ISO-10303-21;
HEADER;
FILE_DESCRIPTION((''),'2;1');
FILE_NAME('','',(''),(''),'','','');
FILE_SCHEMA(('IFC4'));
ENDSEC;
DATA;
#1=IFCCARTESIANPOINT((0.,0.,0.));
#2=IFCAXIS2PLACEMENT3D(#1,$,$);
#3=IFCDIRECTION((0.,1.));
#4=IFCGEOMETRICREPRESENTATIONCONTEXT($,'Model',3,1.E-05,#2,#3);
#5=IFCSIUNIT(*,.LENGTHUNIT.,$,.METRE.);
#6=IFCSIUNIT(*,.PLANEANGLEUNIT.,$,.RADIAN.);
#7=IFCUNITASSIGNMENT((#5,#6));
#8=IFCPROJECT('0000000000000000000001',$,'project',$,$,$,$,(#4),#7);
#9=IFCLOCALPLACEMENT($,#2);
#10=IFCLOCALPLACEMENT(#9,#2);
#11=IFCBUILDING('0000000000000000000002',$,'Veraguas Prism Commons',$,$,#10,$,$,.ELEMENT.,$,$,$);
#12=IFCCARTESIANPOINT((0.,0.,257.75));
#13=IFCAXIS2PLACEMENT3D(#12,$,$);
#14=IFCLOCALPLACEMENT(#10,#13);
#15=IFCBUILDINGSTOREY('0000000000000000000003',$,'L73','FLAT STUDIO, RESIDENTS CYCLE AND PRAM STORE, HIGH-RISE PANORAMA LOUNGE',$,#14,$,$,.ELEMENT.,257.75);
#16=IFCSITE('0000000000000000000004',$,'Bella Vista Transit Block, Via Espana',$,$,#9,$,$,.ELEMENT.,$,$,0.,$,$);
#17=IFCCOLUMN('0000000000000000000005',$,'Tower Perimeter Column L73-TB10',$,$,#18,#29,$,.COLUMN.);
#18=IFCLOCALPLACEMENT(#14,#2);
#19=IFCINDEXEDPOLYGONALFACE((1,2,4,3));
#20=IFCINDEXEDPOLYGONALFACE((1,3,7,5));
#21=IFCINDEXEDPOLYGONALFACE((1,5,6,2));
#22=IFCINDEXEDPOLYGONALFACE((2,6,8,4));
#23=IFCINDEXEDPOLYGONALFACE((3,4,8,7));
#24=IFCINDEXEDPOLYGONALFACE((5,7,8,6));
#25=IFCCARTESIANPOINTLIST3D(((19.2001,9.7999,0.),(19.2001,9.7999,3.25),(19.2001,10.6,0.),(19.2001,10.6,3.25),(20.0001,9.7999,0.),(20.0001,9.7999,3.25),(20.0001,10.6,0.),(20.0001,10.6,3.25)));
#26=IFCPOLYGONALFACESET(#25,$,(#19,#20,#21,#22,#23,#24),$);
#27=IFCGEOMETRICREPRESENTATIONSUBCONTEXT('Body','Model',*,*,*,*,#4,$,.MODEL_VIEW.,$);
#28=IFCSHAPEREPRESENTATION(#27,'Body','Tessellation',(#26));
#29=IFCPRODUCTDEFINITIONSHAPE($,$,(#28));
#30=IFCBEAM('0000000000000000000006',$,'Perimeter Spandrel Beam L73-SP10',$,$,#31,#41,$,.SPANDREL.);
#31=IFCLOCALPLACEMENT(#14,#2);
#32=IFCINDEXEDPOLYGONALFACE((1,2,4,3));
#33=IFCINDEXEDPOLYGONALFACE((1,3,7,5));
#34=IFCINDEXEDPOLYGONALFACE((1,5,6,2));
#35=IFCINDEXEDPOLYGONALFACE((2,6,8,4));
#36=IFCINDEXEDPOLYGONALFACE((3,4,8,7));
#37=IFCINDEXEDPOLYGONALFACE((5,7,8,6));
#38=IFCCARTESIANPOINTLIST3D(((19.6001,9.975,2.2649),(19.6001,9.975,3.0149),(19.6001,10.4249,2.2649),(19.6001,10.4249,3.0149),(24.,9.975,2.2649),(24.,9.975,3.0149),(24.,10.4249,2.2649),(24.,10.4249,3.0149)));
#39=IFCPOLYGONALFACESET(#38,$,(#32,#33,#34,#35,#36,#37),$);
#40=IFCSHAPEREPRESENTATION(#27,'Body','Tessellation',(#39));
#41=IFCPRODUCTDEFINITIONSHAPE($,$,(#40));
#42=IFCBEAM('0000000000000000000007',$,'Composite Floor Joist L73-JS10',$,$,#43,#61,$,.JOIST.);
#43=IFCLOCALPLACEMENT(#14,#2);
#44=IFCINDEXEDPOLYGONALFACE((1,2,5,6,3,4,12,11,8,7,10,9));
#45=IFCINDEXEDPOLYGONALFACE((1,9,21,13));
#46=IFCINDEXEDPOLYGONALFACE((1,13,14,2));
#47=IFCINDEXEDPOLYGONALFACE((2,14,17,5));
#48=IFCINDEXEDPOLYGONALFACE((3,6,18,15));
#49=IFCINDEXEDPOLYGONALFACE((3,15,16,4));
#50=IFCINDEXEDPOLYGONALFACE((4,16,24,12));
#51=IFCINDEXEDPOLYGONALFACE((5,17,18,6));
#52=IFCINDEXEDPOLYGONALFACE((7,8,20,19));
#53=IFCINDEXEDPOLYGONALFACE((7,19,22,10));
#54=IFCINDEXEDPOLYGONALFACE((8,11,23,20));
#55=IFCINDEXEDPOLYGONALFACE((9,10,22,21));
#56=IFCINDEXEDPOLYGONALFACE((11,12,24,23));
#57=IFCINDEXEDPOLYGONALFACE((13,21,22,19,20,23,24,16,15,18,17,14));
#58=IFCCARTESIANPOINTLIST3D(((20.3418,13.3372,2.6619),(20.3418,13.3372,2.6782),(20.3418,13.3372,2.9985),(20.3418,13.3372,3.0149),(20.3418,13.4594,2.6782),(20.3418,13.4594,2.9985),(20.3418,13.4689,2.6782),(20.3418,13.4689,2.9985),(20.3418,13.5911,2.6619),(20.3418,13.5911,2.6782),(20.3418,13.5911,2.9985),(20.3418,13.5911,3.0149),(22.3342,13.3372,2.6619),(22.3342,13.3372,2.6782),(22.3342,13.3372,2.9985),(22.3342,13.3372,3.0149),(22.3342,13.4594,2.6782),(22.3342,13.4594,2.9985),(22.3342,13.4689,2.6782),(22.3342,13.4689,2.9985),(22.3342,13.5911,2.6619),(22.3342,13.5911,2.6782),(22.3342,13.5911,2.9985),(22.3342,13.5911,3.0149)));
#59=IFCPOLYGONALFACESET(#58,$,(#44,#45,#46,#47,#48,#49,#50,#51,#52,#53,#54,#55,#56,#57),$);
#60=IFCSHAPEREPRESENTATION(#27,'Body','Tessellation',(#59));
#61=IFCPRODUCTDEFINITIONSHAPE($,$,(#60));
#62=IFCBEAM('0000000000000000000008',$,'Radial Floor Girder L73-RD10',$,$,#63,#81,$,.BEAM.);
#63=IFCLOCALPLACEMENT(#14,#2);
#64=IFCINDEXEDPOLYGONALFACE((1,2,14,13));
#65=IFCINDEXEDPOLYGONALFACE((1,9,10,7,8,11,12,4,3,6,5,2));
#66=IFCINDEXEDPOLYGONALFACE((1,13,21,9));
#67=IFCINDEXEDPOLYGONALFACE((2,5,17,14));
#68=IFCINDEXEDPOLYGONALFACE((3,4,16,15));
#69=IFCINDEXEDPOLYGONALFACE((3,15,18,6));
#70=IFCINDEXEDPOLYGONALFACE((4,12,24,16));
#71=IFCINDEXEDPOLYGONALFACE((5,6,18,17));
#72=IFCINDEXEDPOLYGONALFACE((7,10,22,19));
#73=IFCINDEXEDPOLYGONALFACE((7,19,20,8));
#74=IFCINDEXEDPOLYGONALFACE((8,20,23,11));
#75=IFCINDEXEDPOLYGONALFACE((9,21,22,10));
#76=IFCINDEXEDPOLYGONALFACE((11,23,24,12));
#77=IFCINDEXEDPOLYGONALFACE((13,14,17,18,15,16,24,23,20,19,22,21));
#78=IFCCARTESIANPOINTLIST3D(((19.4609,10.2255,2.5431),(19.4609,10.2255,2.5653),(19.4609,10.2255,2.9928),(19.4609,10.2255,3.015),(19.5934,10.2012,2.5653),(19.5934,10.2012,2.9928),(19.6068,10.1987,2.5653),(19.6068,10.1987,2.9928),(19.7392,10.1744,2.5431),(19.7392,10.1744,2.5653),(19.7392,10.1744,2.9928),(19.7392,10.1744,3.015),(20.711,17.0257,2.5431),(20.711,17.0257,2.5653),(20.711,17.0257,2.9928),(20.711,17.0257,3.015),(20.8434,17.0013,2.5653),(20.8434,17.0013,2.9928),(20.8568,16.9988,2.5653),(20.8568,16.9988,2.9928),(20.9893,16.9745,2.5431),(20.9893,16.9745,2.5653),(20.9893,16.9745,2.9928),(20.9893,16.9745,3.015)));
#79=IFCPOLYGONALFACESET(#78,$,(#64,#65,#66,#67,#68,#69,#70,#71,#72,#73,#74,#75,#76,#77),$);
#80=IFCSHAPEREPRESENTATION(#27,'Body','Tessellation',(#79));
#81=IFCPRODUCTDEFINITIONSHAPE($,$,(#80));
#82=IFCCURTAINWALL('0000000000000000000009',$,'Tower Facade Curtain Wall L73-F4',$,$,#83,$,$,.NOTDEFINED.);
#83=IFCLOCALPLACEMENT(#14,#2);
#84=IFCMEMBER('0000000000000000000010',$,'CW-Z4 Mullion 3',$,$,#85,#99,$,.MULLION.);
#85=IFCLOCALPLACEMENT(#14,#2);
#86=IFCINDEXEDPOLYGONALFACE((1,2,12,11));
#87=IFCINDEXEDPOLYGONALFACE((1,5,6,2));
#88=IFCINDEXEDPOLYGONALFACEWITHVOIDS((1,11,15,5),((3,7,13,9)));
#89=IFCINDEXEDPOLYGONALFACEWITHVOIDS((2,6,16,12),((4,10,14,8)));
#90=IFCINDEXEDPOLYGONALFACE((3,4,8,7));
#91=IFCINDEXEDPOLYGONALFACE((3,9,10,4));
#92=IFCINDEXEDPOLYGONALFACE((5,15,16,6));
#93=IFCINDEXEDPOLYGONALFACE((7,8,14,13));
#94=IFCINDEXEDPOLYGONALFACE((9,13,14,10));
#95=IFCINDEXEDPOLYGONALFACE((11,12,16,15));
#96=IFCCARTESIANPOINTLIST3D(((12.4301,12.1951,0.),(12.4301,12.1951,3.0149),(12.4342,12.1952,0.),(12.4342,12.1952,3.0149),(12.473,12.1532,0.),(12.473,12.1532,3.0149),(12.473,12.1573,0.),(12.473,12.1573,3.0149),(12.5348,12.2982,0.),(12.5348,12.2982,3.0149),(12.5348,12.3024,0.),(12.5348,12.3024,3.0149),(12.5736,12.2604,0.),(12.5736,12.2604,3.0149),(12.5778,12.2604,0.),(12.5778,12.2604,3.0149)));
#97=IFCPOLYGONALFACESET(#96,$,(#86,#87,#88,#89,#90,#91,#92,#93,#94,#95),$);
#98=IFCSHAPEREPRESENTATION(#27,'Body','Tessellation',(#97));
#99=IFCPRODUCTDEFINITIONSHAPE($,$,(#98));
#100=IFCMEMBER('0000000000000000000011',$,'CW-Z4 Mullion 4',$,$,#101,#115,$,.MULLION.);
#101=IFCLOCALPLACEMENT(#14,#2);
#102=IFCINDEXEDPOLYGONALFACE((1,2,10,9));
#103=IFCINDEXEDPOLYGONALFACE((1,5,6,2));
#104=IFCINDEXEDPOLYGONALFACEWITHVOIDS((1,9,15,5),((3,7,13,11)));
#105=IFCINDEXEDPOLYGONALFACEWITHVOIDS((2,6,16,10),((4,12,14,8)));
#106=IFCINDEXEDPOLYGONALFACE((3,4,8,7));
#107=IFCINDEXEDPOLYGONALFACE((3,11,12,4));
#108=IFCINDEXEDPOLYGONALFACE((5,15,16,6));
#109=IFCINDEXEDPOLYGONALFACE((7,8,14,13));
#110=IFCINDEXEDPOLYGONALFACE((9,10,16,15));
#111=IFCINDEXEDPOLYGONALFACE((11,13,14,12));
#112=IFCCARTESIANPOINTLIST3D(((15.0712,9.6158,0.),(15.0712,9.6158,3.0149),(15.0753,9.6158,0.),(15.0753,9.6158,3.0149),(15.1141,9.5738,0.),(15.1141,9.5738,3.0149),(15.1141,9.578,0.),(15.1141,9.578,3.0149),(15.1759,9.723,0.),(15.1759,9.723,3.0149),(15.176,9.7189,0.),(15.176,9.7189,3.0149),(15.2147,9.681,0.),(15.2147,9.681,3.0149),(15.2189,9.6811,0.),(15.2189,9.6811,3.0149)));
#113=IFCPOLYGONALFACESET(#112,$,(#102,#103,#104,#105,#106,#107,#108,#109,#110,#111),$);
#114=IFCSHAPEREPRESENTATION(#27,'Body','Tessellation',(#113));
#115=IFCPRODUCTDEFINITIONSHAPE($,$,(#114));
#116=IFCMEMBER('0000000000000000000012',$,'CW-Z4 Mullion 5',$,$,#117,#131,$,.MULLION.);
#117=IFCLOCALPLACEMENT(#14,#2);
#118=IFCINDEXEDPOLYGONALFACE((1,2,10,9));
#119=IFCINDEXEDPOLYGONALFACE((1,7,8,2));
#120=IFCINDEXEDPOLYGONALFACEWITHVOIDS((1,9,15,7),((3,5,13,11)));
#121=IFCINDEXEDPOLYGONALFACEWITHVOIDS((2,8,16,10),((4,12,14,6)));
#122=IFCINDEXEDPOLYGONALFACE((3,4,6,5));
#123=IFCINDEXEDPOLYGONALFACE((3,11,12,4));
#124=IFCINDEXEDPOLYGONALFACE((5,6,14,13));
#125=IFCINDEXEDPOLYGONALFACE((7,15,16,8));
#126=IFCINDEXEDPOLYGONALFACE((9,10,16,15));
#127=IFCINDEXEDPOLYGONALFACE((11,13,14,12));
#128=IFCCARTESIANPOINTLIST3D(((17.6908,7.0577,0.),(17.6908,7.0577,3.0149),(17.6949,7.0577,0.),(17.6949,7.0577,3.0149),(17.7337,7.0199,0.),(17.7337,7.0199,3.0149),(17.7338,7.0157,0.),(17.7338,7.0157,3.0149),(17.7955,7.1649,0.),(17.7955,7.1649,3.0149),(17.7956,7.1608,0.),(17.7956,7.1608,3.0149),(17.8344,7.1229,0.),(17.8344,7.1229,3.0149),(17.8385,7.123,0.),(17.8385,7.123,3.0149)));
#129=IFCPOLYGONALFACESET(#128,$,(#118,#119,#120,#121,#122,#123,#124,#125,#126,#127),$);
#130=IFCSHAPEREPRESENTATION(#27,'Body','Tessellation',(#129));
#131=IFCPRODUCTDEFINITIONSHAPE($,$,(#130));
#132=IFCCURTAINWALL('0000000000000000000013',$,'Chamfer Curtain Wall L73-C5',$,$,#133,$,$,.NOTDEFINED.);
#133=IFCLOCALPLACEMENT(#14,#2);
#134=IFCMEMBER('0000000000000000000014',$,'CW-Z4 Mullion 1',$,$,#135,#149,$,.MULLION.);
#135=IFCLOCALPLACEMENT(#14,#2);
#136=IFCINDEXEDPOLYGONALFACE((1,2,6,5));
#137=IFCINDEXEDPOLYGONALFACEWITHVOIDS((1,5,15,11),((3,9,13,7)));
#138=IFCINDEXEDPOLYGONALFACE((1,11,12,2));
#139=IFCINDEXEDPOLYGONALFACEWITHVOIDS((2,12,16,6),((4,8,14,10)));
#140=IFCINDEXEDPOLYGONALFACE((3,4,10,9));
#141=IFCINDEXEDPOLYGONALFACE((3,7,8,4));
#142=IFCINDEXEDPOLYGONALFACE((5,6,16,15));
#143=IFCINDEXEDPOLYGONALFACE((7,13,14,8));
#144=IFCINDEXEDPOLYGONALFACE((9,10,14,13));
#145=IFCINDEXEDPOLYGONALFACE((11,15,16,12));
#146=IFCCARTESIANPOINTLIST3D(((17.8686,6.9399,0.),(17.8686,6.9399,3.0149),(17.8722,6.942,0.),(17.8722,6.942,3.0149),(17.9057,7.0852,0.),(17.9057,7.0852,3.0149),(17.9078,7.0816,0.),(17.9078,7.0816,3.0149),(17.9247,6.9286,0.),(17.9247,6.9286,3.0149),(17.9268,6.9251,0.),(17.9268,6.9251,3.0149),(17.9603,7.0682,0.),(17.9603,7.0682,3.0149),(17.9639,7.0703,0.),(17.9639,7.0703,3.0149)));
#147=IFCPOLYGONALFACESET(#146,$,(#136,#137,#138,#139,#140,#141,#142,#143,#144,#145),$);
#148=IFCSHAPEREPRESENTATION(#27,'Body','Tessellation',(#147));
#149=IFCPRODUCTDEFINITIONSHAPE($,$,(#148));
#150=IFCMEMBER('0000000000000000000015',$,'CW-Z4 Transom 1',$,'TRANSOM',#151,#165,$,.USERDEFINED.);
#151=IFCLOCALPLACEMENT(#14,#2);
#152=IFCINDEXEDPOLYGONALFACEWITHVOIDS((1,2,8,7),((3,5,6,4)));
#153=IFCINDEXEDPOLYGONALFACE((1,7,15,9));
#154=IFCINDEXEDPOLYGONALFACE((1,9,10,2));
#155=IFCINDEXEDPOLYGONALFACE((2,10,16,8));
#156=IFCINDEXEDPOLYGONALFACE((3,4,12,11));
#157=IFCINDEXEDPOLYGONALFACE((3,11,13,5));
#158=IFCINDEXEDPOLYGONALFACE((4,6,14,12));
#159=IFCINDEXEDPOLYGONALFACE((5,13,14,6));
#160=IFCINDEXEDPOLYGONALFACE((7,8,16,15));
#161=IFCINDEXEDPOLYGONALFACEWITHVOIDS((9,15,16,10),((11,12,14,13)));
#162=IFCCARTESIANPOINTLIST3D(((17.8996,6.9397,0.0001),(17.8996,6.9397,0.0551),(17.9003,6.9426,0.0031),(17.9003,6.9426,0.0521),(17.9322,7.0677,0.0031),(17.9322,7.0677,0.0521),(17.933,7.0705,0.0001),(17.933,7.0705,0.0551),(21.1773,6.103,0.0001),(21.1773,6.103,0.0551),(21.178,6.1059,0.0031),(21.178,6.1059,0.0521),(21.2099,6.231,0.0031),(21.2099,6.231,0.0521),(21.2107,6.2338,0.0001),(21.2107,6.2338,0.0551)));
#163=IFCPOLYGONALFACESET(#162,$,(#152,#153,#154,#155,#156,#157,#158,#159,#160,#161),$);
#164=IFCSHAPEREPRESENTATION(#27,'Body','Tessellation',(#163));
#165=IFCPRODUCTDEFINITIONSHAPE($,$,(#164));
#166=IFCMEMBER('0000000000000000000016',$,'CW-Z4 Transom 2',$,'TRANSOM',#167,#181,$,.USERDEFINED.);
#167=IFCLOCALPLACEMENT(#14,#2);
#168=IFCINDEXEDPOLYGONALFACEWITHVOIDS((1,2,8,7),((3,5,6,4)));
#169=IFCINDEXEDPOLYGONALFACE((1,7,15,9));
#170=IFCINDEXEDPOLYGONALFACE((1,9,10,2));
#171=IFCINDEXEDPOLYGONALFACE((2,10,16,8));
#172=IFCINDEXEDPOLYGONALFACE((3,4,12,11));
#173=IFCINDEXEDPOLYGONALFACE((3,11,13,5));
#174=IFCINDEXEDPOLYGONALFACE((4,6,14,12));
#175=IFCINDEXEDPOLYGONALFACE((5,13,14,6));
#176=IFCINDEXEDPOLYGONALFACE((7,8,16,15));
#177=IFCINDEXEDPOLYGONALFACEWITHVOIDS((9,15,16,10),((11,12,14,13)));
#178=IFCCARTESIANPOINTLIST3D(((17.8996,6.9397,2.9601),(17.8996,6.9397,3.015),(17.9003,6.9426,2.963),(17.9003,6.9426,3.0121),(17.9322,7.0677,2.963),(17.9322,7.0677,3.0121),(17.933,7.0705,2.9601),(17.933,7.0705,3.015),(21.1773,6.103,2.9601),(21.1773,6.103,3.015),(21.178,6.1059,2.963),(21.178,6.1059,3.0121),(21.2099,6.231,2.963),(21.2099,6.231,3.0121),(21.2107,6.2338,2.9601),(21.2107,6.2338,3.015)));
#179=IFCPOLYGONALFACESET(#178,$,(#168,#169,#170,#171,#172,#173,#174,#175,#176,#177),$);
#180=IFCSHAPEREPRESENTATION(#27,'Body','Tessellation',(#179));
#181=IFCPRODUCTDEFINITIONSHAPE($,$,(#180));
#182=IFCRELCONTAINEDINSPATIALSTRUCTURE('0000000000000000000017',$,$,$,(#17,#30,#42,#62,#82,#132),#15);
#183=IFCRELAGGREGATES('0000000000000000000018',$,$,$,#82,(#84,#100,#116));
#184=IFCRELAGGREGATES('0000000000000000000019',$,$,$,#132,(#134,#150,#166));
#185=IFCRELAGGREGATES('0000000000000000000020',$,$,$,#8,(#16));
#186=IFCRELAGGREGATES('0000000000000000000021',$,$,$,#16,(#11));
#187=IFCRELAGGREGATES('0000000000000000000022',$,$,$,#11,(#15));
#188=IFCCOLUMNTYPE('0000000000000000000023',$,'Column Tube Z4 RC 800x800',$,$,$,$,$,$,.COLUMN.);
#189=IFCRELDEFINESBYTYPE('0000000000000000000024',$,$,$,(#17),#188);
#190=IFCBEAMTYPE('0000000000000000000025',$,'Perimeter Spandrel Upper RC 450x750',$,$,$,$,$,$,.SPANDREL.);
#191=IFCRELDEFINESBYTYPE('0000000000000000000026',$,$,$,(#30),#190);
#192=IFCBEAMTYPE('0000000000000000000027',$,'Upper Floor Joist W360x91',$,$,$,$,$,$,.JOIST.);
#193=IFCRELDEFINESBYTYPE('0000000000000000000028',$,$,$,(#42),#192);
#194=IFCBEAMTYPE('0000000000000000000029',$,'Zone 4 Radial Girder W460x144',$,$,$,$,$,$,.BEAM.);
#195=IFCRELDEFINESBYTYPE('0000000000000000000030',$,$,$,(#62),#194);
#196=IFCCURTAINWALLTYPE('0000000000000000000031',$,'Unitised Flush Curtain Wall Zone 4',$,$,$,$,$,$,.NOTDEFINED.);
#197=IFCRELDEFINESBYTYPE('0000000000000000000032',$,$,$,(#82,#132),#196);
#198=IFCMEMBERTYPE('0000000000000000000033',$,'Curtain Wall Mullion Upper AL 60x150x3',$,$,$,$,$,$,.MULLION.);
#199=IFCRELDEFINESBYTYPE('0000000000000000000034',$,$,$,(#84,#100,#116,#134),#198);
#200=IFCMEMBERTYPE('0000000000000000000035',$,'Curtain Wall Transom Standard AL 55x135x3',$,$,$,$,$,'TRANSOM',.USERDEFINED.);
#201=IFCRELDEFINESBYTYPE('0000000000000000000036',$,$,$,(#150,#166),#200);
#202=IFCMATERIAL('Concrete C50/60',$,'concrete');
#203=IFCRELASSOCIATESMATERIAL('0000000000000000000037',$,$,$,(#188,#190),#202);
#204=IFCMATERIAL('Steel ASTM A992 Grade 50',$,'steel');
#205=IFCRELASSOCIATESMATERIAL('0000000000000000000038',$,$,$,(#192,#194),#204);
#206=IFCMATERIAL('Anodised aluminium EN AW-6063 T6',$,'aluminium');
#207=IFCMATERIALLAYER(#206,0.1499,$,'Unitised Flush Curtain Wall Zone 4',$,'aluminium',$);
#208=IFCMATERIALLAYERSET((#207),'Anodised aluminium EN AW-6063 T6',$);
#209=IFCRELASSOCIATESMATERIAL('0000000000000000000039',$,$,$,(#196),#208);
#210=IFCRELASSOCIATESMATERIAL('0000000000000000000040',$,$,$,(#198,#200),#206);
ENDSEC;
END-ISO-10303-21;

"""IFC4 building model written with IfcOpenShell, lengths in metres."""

from ifc_helpers import new_model, si_unit, direction, frame, origin, origin_2d, place, context, subcontext, project, spatial, rectangle, hollow_rectangle, i_section, extrude, source, transform, mapped, material, layer, layer_set, material_profile, profile_set, type_object, element, aggregate, save


model = new_model("IFC4")

# Units and contexts
model_context = context("Model", 3, precision=1e-05, world=origin(), true_north=direction((0.0, 1.0)))
body_context = subcontext(model_context, "Body", "Model", "MODEL_VIEW")
ifc_project = project(units=[si_unit("LENGTHUNIT", "METRE"), si_unit("PLANEANGLEUNIT", "RADIAN")], contexts=[model_context])

# Site, building, storey
site_placement = place(None, origin())
site = spatial("IfcSite", under=ifc_project, at=site_placement, Name="Bella Vista Transit Block, Via Espana", CompositionType="ELEMENT", RefElevation=0.0)
building_placement = place(site_placement, origin())
building = spatial("IfcBuilding", under=site, at=building_placement, Name="Veraguas Prism Commons", CompositionType="ELEMENT")
storey_placement = place(building_placement, frame((0.0, 0.0, 257.75)))
storey = spatial("IfcBuildingStorey", under=building, at=storey_placement, Name="L73", Description="FLAT STUDIO, RESIDENTS CYCLE AND PRAM STORE, HIGH-RISE PANORAMA LOUNGE", CompositionType="ELEMENT", Elevation=257.75)

# Column
ifc_material_1 = material(Name="Concrete C50/60", Category="concrete")
ifc_material_profile_1 = material_profile(ifc_material_1, rectangle(XDim=0.8, YDim=0.8, at=origin_2d()), Name="RC800X800")
ifc_profile_set_1 = profile_set([ifc_material_profile_1], Name="Concrete C50/60")
column_type = type_object("IfcColumnType", Name="Column Tube Z4 RC 800x800", PredefinedType="COLUMN", material=ifc_profile_set_1)
column_placement = place(storey_placement, frame((19.6001, 10.2, 0.0), z_axis=(0.0, 0.0, 1.0), x_axis=(1.0, 0.0, 0.0)))
element("IfcColumn", 1, at=column_placement, inside=storey, type_object=column_type, Name="Tower Perimeter Column L73-TB10", PredefinedType="COLUMN", context=body_context, shape_type="SweptSolid", body=[
    extrude(rectangle(XDim=0.8, YDim=0.8, at=origin_2d()), origin(), (0.0, 0.0, 1.0), 3.25),
])

# Beams
ifc_material_profile_2 = material_profile(ifc_material_1, rectangle(XDim=0.45, YDim=0.75, at=origin_2d()), Name="RC450X750")
ifc_profile_set_2 = profile_set([ifc_material_profile_2], Name="Concrete C50/60")
beam_type_1 = type_object("IfcBeamType", Name="Perimeter Spandrel Upper RC 450x750", PredefinedType="SPANDREL", material=ifc_profile_set_2)
beam_1_placement = place(storey_placement, frame((19.6001, 10.2, 2.6399), z_axis=(1.0, 0.0, 0.0), x_axis=(0.0, 1.0, 0.0)))
element("IfcBeam", 2, at=beam_1_placement, inside=storey, type_object=beam_type_1, Name="Perimeter Spandrel Beam L73-SP10", PredefinedType="SPANDREL", context=body_context, shape_type="SweptSolid", body=[
    extrude(rectangle(XDim=0.45, YDim=0.75, at=origin_2d()), origin(), (0.0, 0.0, 1.0), 4.3999),
])
ifc_material_2 = material(Name="Steel ASTM A992 Grade 50", Category="steel")
ifc_material_profile_3 = material_profile(ifc_material_2, i_section(OverallWidth=0.2539, OverallDepth=0.353, WebThickness=0.0095, FlangeThickness=0.0164, at=origin_2d()), Name="W360X91")
ifc_profile_set_3 = profile_set([ifc_material_profile_3], Name="Steel ASTM A992 Grade 50")
beam_type_2 = type_object("IfcBeamType", Name="Upper Floor Joist W360x91", PredefinedType="JOIST", material=ifc_profile_set_3)
beam_2_placement = place(storey_placement, frame((20.3418, 13.4641, 2.8384), z_axis=(1.0, 0.0, 0.0), x_axis=(0.0, 1.0, 0.0)))
element("IfcBeam", 3, at=beam_2_placement, inside=storey, type_object=beam_type_2, Name="Composite Floor Joist L73-JS10", PredefinedType="JOIST", context=body_context, shape_type="SweptSolid", body=[
    extrude(i_section(OverallWidth=0.2539, OverallDepth=0.353, WebThickness=0.0095, FlangeThickness=0.0164, at=origin_2d()), origin(), (0.0, 0.0, 1.0), 1.9924),
])
ifc_material_profile_4 = material_profile(ifc_material_2, i_section(OverallWidth=0.283, OverallDepth=0.4719, WebThickness=0.0137, FlangeThickness=0.0222, at=origin_2d()), Name="W460X144")
ifc_profile_set_4 = profile_set([ifc_material_profile_4], Name="Steel ASTM A992 Grade 50")
beam_type_3 = type_object("IfcBeamType", Name="Zone 4 Radial Girder W460x144", PredefinedType="BEAM", material=ifc_profile_set_4)
beam_3_placement = place(storey_placement, frame((19.6001, 10.2, 2.7791), z_axis=(0.180793, 0.983521, 0.0), x_axis=(-0.983521, 0.180793, 0.0)))
element("IfcBeam", 4, at=beam_3_placement, inside=storey, type_object=beam_type_3, Name="Radial Floor Girder L73-RD10", PredefinedType="BEAM", context=body_context, shape_type="SweptSolid", body=[
    extrude(i_section(OverallWidth=0.283, OverallDepth=0.4719, WebThickness=0.0137, FlangeThickness=0.0222, at=origin_2d()), origin(), (0.0, 0.0, 1.0), 6.9141),
])

# Curtain walls, members
ifc_material_3 = material(Name="Anodised aluminium EN AW-6063 T6", Category="aluminium")
ifc_layer_1 = layer(ifc_material_3, 0.1499, Name="Unitised Flush Curtain Wall Zone 4", Category="aluminium")
ifc_layer_set_1 = layer_set([ifc_layer_1], Name="Anodised aluminium EN AW-6063 T6")
curtain_wall_type = type_object("IfcCurtainWallType", Name="Unitised Flush Curtain Wall Zone 4", PredefinedType="NOTDEFINED", material=ifc_layer_set_1)
curtain_wall_1_placement = place(storey_placement, origin())
curtain_wall_1 = element("IfcCurtainWall", 5, at=curtain_wall_1_placement, inside=storey, type_object=curtain_wall_type, Name="Tower Facade Curtain Wall L73-F4", PredefinedType="NOTDEFINED")
ifc_material_profile_5 = material_profile(ifc_material_3, hollow_rectangle(XDim=0.0601, YDim=0.1499, WallThickness=0.0029, at=origin_2d()), Name="AL60X150X3")
ifc_profile_set_5 = profile_set([ifc_material_profile_5], Name="Anodised aluminium EN AW-6063 T6")
member_type_1 = type_object("IfcMemberType", Name="Curtain Wall Mullion Upper AL 60x150x3", PredefinedType="MULLION", material=ifc_profile_set_5)
shared_shape_1 = source(origin(), body_context, "Body", "SweptSolid", [
    extrude(hollow_rectangle(XDim=0.0601, YDim=0.1499, WallThickness=0.0029, at=origin_2d()), origin(), (0.0, 0.0, 1.0), 3.0149),
])
member_1_placement = place(storey_placement, frame((12.5039, 12.2278, 0.0), z_axis=(0.0, 0.0, 1.0), x_axis=(0.715448, -0.698666, 0.0)))
member_1 = element("IfcMember", 6, at=member_1_placement, type_object=member_type_1, Name="CW-Z4 Mullion 3", PredefinedType="MULLION", context=body_context, shape_type="MappedRepresentation", body=[
    mapped(shared_shape_1, transform((0.0, 0.0, 0.0), scale=1.0)),
])
member_2_placement = place(storey_placement, frame((15.145, 9.6484, 0.0), z_axis=(0.0, 0.0, 1.0), x_axis=(0.715448, -0.698666, 0.0)))
member_2 = element("IfcMember", 7, at=member_2_placement, type_object=member_type_1, Name="CW-Z4 Mullion 4", PredefinedType="MULLION", context=body_context, shape_type="MappedRepresentation", body=[
    mapped(shared_shape_1, transform((0.0, 0.0, 0.0), scale=1.0)),
])
member_3_placement = place(storey_placement, frame((17.7646, 7.0903, 0.0), z_axis=(0.0, 0.0, 1.0), x_axis=(0.715448, -0.698666, 0.0)))
member_3 = element("IfcMember", 8, at=member_3_placement, type_object=member_type_1, Name="CW-Z4 Mullion 5", PredefinedType="MULLION", context=body_context, shape_type="MappedRepresentation", body=[
    mapped(shared_shape_1, transform((0.0, 0.0, 0.0), scale=1.0)),
])
curtain_wall_2_placement = place(storey_placement, origin())
curtain_wall_2 = element("IfcCurtainWall", 9, at=curtain_wall_2_placement, inside=storey, type_object=curtain_wall_type, Name="Chamfer Curtain Wall L73-C5", PredefinedType="NOTDEFINED")
member_4_placement = place(storey_placement, frame((17.9163, 7.0051, 0.0), z_axis=(0.0, 0.0, 1.0), x_axis=(0.968923, -0.247364, 0.0)))
member_4 = element("IfcMember", 10, at=member_4_placement, type_object=member_type_1, Name="CW-Z4 Mullion 1", PredefinedType="MULLION", context=body_context, shape_type="MappedRepresentation", body=[
    mapped(shared_shape_1, transform((0.0, 0.0, 0.0), scale=1.0)),
])
ifc_material_profile_6 = material_profile(ifc_material_3, hollow_rectangle(XDim=0.0549, YDim=0.135, WallThickness=0.0029, at=origin_2d()), Name="AL55X135X3")
ifc_profile_set_6 = profile_set([ifc_material_profile_6], Name="Anodised aluminium EN AW-6063 T6")
member_type_2 = type_object("IfcMemberType", Name="Curtain Wall Transom Standard AL 55x135x3", ElementType="TRANSOM", PredefinedType="USERDEFINED", material=ifc_profile_set_6)
shared_shape_2 = source(origin(), body_context, "Body", "SweptSolid", [
    extrude(hollow_rectangle(XDim=0.0549, YDim=0.135, WallThickness=0.0029, at=origin_2d()), origin(), (0.0, 0.0, 1.0), 3.3828),
])
member_5_placement = place(storey_placement, frame((17.9163, 7.0051, 0.0276), z_axis=(0.968929, -0.247339, 0.0), x_axis=(0.0, 0.0, 1.0)))
member_5 = element("IfcMember", 11, at=member_5_placement, type_object=member_type_2, Name="CW-Z4 Transom 1", ObjectType="TRANSOM", PredefinedType="USERDEFINED", context=body_context, shape_type="MappedRepresentation", body=[
    mapped(shared_shape_2, transform((0.0, 0.0, 0.0), scale=1.0)),
])
member_6_placement = place(storey_placement, frame((17.9163, 7.0051, 2.9875), z_axis=(0.968929, -0.247339, 0.0), x_axis=(0.0, 0.0, 1.0)))
member_6 = element("IfcMember", 12, at=member_6_placement, type_object=member_type_2, Name="CW-Z4 Transom 2", ObjectType="TRANSOM", PredefinedType="USERDEFINED", context=body_context, shape_type="MappedRepresentation", body=[
    mapped(shared_shape_2, transform((0.0, 0.0, 0.0), scale=1.0)),
])

aggregate(curtain_wall_1, [member_1, member_2, member_3])
aggregate(curtain_wall_2, [member_4, member_5, member_6])

save(model, "model.ifc")
